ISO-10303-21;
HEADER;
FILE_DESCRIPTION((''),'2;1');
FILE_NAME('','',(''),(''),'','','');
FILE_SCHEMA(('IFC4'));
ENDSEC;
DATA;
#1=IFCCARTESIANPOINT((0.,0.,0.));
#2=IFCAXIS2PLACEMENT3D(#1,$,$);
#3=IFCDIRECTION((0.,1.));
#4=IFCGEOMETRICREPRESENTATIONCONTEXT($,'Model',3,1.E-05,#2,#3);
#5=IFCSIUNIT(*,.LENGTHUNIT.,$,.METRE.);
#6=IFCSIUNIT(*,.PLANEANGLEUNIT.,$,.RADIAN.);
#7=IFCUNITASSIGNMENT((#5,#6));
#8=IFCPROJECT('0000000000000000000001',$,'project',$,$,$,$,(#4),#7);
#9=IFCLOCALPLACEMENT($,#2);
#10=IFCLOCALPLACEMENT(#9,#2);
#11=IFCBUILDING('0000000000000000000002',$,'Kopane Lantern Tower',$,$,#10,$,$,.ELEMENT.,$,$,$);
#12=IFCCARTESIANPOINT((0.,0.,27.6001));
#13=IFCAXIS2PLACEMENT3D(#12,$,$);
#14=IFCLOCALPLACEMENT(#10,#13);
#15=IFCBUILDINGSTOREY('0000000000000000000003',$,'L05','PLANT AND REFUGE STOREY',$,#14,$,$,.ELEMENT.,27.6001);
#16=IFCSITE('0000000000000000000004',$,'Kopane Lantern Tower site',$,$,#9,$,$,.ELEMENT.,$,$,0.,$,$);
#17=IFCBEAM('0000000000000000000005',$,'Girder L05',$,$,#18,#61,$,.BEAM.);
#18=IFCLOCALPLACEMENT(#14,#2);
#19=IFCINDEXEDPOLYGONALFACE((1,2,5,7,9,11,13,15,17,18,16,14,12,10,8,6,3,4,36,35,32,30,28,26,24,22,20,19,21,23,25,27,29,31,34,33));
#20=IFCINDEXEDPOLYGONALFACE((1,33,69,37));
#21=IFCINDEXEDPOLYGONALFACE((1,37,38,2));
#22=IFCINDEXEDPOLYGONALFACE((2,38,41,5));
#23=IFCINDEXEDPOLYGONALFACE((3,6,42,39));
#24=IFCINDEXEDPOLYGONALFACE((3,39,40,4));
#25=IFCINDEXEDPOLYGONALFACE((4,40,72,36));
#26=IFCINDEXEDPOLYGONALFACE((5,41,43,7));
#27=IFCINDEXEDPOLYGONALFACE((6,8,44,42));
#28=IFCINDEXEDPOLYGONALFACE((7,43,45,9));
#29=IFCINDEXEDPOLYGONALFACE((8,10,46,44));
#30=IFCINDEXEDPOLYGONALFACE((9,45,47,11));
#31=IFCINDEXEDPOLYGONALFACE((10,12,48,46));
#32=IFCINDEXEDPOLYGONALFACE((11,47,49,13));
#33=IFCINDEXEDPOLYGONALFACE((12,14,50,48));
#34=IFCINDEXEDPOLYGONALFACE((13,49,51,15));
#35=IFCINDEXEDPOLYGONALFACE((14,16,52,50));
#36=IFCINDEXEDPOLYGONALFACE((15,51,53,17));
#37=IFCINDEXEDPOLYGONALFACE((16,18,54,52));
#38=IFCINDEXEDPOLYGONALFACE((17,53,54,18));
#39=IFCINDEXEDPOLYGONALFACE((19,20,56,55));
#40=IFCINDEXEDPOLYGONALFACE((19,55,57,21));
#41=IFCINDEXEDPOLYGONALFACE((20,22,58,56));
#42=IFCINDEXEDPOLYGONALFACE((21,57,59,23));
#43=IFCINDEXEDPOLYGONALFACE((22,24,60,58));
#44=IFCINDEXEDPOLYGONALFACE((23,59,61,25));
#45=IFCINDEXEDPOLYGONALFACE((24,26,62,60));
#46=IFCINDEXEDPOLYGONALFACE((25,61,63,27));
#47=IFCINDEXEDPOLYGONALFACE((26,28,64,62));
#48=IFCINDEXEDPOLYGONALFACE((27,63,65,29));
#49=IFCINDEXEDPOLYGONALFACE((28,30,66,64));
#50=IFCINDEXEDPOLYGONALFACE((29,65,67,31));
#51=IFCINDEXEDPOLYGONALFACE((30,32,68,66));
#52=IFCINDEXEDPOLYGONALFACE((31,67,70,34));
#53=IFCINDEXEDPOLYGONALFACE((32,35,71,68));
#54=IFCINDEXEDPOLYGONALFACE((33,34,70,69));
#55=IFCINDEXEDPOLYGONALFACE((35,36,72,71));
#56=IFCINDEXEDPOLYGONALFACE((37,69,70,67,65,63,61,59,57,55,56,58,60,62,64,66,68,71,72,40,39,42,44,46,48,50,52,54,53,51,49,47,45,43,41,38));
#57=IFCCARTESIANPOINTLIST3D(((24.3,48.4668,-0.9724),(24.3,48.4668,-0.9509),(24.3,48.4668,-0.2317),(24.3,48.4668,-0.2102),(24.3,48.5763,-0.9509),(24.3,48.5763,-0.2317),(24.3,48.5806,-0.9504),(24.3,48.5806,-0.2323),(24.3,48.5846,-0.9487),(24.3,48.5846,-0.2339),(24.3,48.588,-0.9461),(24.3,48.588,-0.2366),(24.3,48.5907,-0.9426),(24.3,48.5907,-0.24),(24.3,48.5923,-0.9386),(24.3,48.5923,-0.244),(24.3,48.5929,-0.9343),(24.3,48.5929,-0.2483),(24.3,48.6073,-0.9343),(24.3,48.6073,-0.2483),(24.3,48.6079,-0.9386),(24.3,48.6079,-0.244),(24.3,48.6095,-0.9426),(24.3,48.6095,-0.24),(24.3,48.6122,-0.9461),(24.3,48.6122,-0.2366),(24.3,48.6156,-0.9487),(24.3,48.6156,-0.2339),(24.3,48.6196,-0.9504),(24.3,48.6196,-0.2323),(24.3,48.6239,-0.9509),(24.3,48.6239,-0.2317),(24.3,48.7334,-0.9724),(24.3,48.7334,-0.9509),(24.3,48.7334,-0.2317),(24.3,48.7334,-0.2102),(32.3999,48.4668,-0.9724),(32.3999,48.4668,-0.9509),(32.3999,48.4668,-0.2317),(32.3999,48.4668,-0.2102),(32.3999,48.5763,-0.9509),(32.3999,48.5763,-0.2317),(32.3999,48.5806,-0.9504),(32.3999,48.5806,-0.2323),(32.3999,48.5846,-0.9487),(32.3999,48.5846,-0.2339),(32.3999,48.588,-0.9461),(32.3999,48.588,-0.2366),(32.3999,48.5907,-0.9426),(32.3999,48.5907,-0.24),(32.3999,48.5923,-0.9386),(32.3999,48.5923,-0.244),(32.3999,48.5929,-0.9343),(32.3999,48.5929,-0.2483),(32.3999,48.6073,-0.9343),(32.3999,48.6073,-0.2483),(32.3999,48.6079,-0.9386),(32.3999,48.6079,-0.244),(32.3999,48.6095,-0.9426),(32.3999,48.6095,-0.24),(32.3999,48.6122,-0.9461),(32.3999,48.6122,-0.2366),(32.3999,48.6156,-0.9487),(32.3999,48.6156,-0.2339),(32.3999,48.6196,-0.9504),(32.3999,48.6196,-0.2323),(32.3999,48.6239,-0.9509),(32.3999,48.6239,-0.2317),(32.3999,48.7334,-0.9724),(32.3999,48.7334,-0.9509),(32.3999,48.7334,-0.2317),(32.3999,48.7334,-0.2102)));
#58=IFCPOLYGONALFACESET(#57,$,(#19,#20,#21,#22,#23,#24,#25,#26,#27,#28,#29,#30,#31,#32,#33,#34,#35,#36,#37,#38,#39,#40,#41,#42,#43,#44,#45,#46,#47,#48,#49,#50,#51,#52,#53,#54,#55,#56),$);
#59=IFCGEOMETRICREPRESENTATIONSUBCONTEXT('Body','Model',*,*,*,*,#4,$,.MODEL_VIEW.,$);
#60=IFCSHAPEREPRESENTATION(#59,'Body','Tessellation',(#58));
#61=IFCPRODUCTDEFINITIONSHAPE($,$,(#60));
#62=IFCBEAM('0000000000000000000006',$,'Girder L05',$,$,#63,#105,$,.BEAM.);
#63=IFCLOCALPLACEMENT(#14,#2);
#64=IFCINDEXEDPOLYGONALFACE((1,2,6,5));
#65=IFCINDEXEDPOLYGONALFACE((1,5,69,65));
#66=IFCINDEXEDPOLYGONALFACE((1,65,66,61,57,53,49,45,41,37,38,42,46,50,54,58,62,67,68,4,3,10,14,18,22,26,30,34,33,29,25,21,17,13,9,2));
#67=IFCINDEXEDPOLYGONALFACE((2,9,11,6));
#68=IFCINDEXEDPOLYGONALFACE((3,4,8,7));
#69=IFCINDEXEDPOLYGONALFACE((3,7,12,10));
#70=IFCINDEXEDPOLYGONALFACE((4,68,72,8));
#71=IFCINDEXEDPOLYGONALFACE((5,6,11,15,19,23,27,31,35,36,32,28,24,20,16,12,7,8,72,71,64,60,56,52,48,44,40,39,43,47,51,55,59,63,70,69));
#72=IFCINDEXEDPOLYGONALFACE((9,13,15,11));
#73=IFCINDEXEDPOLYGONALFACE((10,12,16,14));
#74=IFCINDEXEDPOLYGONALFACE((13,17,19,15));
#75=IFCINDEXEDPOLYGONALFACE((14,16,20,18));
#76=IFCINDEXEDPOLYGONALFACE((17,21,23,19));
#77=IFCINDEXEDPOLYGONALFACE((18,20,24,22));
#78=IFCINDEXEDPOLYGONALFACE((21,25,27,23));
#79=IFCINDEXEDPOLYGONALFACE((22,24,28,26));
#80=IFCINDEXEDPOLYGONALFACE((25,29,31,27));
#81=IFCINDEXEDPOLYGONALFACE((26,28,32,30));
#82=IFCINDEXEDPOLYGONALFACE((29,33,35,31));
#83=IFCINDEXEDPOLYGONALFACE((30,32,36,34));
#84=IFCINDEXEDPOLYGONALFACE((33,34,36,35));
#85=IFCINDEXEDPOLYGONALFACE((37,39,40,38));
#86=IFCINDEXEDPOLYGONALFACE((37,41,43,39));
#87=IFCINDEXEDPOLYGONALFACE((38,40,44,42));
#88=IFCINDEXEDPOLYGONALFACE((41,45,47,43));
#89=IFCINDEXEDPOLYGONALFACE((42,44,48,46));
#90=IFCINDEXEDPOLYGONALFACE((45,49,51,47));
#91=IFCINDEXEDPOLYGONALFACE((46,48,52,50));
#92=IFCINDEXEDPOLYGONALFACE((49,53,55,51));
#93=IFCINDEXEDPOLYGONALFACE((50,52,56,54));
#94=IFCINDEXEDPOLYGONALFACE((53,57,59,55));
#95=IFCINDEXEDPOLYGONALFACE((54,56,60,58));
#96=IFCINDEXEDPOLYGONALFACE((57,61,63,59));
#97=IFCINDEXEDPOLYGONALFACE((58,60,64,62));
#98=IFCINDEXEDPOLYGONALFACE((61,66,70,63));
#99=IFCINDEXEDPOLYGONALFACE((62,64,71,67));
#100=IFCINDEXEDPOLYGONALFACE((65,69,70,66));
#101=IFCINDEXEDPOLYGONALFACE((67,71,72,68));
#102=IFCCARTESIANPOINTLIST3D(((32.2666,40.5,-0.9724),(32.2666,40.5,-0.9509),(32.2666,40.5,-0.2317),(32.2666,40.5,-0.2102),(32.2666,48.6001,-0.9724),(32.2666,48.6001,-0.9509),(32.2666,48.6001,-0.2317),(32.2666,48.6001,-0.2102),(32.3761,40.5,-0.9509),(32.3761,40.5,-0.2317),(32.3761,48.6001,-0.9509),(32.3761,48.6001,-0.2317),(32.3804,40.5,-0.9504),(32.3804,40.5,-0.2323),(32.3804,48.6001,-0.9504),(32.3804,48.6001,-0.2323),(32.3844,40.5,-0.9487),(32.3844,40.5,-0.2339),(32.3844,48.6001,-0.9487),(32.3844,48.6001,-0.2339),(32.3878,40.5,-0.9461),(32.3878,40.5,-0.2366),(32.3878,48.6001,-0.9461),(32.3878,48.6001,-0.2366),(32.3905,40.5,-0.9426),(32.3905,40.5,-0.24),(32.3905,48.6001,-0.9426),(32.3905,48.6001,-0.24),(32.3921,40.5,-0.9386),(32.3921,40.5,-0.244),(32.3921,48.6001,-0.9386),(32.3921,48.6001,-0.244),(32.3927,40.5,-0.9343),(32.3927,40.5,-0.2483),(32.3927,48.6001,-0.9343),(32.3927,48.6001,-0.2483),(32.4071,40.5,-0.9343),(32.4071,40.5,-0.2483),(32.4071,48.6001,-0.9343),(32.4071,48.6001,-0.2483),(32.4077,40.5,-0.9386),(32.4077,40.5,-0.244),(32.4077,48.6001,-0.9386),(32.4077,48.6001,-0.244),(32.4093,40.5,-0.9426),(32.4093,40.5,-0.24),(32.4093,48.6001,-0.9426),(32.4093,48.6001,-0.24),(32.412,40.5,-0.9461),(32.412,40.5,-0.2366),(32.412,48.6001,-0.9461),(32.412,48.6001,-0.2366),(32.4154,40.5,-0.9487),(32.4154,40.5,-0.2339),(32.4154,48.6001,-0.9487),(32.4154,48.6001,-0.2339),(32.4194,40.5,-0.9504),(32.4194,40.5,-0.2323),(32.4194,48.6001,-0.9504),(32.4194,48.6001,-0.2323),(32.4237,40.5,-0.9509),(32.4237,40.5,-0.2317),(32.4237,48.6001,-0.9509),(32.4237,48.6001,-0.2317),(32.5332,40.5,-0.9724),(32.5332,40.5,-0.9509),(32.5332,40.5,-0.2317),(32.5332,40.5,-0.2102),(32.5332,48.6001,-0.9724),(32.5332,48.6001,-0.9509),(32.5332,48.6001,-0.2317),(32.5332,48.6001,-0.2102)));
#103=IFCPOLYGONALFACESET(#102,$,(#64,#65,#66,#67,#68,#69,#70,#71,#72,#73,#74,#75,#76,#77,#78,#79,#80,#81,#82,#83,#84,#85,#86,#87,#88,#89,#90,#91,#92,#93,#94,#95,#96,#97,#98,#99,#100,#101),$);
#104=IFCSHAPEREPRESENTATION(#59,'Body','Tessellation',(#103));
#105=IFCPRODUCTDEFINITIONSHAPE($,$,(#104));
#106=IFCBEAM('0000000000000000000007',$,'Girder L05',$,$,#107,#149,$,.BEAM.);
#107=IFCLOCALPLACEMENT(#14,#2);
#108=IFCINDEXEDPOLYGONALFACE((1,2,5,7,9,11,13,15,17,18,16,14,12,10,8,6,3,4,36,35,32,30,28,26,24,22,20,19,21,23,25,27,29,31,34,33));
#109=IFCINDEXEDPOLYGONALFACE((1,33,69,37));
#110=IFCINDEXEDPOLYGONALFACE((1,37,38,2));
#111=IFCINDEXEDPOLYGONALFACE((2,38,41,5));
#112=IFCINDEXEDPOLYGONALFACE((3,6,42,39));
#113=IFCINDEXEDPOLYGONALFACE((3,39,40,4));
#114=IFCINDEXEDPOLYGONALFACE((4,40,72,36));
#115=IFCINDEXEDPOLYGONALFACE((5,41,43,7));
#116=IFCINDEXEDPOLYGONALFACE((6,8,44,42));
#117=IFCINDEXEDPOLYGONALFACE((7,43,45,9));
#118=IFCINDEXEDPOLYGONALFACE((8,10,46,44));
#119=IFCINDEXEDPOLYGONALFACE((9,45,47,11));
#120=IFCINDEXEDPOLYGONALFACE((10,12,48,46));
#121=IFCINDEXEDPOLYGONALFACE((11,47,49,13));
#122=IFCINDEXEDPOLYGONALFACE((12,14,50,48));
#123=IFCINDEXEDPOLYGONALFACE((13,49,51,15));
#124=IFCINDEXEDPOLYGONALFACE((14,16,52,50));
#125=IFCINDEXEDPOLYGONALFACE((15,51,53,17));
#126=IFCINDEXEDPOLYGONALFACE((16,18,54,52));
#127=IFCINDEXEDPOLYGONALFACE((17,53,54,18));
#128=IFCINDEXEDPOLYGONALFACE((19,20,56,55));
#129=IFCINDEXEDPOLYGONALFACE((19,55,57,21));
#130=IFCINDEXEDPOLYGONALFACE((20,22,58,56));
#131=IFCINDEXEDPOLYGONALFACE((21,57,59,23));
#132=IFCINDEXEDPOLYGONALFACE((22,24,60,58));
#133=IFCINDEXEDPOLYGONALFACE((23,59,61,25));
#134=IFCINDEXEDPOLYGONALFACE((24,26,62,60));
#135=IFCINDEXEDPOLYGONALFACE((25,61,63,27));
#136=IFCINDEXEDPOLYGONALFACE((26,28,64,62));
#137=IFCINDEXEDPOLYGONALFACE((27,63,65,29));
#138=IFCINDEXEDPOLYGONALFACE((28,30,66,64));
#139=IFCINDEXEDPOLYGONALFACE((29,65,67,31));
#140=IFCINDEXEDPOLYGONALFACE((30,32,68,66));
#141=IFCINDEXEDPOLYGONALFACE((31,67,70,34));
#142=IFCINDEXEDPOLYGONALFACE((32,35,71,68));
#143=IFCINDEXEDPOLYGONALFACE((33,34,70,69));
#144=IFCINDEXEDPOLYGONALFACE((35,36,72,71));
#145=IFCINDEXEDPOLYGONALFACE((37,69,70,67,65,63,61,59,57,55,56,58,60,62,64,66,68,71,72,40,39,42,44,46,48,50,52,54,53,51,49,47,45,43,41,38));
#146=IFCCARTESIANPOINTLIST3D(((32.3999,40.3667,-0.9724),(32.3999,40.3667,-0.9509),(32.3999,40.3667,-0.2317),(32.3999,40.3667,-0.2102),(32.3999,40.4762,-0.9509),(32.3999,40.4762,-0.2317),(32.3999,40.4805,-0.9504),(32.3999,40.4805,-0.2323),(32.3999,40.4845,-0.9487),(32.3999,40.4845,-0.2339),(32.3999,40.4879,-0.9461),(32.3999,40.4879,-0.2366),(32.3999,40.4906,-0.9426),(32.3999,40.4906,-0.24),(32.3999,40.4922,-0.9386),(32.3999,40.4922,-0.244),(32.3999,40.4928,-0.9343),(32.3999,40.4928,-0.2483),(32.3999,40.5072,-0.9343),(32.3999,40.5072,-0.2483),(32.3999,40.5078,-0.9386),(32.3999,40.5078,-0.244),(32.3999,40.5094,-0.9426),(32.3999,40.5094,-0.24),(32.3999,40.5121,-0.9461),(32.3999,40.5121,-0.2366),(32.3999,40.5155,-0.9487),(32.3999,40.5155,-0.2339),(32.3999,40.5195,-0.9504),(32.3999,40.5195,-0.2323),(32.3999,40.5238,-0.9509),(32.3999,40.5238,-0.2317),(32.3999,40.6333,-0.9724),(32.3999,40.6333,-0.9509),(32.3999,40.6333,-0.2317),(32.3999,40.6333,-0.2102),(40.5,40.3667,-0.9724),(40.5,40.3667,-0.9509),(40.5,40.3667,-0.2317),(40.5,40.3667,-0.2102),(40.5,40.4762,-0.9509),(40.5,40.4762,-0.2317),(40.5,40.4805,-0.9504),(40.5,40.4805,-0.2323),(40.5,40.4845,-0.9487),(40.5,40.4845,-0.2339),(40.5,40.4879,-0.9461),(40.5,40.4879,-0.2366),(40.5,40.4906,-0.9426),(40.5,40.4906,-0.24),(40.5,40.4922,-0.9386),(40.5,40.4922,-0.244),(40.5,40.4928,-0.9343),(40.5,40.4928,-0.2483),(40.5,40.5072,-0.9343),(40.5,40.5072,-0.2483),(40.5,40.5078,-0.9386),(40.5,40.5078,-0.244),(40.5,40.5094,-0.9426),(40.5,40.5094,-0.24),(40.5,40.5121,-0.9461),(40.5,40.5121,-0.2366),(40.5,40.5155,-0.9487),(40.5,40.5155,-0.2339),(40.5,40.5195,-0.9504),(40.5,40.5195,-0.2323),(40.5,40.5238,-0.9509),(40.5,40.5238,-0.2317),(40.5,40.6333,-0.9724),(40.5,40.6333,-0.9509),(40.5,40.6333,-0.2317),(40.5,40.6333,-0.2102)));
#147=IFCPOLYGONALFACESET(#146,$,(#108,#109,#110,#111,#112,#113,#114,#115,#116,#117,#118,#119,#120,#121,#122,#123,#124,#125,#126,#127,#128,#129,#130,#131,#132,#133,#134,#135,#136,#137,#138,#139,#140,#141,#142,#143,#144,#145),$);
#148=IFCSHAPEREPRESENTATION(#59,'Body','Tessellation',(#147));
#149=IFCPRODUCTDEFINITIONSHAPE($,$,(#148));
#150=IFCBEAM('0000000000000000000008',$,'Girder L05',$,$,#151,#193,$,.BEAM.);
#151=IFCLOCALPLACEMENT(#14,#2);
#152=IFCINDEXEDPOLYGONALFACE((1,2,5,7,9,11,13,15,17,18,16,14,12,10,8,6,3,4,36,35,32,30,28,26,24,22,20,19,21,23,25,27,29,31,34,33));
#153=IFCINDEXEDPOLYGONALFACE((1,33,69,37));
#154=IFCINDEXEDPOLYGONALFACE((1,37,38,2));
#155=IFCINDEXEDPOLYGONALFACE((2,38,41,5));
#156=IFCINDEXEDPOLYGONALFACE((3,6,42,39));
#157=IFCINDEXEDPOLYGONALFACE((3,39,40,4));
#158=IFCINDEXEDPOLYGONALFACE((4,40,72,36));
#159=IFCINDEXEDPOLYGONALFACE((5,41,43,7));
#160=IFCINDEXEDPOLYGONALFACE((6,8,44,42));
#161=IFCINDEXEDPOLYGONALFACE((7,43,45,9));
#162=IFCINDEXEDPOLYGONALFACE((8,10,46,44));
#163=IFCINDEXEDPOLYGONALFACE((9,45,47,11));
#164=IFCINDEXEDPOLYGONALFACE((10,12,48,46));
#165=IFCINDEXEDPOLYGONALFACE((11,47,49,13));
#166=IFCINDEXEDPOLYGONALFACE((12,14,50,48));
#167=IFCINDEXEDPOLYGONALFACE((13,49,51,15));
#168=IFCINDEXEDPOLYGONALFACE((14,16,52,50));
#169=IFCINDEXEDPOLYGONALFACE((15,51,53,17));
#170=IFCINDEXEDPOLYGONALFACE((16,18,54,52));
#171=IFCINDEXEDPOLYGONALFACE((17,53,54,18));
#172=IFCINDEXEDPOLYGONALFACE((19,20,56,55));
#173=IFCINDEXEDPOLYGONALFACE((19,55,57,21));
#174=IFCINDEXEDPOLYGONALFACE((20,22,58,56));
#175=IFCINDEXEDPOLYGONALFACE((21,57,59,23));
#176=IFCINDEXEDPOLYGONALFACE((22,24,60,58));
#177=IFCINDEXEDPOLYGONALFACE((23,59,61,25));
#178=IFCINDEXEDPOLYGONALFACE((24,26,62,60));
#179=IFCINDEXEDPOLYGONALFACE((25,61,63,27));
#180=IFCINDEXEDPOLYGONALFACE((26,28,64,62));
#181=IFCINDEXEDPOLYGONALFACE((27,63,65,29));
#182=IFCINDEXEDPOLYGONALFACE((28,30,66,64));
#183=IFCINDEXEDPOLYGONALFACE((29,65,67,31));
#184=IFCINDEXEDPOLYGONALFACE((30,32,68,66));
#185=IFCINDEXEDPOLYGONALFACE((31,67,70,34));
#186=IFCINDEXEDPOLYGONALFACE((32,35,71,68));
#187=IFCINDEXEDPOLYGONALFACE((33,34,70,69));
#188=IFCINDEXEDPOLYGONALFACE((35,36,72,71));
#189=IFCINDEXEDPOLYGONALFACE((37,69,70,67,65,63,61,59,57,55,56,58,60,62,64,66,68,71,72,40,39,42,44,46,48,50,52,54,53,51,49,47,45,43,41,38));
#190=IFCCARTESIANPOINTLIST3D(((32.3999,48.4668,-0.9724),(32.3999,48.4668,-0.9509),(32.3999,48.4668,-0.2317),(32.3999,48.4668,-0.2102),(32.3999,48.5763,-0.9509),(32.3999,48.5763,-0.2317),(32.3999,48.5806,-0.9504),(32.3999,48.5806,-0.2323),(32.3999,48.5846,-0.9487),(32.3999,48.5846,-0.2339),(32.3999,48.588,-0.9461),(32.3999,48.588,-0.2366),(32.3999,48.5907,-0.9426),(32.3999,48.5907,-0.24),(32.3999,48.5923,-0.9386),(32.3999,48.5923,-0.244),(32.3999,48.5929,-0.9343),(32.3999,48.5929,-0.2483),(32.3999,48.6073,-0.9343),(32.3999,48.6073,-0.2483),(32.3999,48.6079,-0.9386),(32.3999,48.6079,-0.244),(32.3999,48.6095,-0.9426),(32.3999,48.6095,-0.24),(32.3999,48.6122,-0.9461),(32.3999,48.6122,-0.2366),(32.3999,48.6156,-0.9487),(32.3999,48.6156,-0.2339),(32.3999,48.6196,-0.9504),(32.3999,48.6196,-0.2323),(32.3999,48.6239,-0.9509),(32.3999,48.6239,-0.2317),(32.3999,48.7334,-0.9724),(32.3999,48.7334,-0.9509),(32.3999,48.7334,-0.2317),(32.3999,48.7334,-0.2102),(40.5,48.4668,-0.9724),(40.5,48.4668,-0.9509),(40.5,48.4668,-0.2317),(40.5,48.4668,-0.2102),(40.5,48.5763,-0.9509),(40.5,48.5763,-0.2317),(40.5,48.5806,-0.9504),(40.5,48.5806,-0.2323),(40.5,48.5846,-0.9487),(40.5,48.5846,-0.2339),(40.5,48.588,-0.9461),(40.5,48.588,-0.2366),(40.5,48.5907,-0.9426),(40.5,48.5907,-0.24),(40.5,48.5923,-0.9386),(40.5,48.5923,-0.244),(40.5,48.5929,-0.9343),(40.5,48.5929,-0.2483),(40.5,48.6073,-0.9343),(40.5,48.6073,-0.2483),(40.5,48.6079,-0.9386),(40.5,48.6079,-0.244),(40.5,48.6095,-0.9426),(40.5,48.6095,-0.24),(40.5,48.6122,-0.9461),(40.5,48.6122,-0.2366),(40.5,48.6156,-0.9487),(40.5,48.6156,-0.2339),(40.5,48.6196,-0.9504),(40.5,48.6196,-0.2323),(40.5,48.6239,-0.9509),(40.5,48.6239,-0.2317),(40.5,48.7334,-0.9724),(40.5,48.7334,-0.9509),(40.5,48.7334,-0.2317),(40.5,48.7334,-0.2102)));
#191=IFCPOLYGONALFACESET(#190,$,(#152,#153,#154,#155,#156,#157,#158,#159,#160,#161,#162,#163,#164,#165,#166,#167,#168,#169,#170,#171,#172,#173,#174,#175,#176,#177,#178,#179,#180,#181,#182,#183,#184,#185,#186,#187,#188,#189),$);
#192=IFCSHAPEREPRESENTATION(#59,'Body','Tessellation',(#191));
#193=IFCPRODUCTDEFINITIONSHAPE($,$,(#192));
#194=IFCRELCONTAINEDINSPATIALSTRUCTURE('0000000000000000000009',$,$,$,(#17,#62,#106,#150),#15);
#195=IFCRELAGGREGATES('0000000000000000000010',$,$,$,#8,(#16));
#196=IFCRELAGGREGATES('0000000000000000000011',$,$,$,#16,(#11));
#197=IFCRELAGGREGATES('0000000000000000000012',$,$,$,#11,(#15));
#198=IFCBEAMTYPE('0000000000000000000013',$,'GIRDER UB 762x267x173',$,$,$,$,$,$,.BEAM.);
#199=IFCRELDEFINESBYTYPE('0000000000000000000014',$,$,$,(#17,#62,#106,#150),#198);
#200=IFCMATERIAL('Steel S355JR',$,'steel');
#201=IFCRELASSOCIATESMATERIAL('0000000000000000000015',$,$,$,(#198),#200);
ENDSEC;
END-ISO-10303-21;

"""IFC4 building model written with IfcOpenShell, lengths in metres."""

from ifc_helpers import new_model, si_unit, direction, frame, origin, origin_2d, place, context, subcontext, project, spatial, i_section, extrude, material, material_profile, profile_set, type_object, element, save


model = new_model("IFC4")

# Units and contexts
model_context = context("Model", 3, precision=1e-05, world=origin(), true_north=direction((0.0, 1.0)))
body_context = subcontext(model_context, "Body", "Model", "MODEL_VIEW")
ifc_project = project(units=[si_unit("LENGTHUNIT", "METRE"), si_unit("PLANEANGLEUNIT", "RADIAN")], contexts=[model_context])

# Site, building, storey
site_placement = place(None, origin())
site = spatial("IfcSite", under=ifc_project, at=site_placement, Name="Kopane Lantern Tower site", CompositionType="ELEMENT", RefElevation=0.0)
building_placement = place(site_placement, origin())
building = spatial("IfcBuilding", under=site, at=building_placement, Name="Kopane Lantern Tower", CompositionType="ELEMENT")
storey_placement = place(building_placement, frame((0.0, 0.0, 27.6001)))
storey = spatial("IfcBuildingStorey", under=building, at=storey_placement, Name="L05", Description="PLANT AND REFUGE STOREY", CompositionType="ELEMENT", Elevation=27.6001)

# Beams
ifc_material_1 = material(Name="Steel S355JR", Category="steel")
ifc_material_profile_1 = material_profile(ifc_material_1, i_section(OverallWidth=0.2666, OverallDepth=0.7622, WebThickness=0.0144, FlangeThickness=0.0215, FilletRadius=0.0166, at=origin_2d()), Name="UB 762x267x173")
ifc_profile_set_1 = profile_set([ifc_material_profile_1], Name="Steel S355JR")
beam_type_1 = type_object("IfcBeamType", Name="GIRDER UB 762x267x173", PredefinedType="BEAM", material=ifc_profile_set_1)
beam_1_placement = place(storey_placement, frame((24.3, 48.6001, -0.5913), z_axis=(1.0, 0.0, 0.0), x_axis=(0.0, 1.0, 0.0)))
element("IfcBeam", 1, at=beam_1_placement, inside=storey, type_object=beam_type_1, Name="Girder L05", PredefinedType="BEAM", context=body_context, shape_type="SweptSolid", body=[
    extrude(i_section(OverallWidth=0.2666, OverallDepth=0.7622, WebThickness=0.0144, FlangeThickness=0.0215, FilletRadius=0.0166, at=origin_2d()), origin(), (0.0, 0.0, 1.0), 8.0999),
])
for number, where, z_axis, x_axis, name in (
    (2, (32.3999, 40.5, -0.5913), (0.0, 1.0, 0.0), (-1.0, 0.0, 0.0), "Girder L05"),
    (3, (32.3999, 40.5, -0.5913), (1.0, 0.0, 0.0), (0.0, 1.0, 0.0), "Girder L05"),
    (4, (32.3999, 48.6001, -0.5913), (1.0, 0.0, 0.0), (0.0, 1.0, 0.0), "Girder L05"),
):
    element("IfcBeam", number, at=place(storey_placement, frame(where, z_axis=z_axis, x_axis=x_axis)), inside=storey, type_object=beam_type_1, Name=name, PredefinedType="BEAM", context=body_context, shape_type="SweptSolid", body=[
        extrude(i_section(OverallWidth=0.2666, OverallDepth=0.7622, WebThickness=0.0144, FlangeThickness=0.0215, FilletRadius=0.0166, at=origin_2d()), origin(), (0.0, 0.0, 1.0), 8.1001),
    ])

save(model, "model.ifc")
